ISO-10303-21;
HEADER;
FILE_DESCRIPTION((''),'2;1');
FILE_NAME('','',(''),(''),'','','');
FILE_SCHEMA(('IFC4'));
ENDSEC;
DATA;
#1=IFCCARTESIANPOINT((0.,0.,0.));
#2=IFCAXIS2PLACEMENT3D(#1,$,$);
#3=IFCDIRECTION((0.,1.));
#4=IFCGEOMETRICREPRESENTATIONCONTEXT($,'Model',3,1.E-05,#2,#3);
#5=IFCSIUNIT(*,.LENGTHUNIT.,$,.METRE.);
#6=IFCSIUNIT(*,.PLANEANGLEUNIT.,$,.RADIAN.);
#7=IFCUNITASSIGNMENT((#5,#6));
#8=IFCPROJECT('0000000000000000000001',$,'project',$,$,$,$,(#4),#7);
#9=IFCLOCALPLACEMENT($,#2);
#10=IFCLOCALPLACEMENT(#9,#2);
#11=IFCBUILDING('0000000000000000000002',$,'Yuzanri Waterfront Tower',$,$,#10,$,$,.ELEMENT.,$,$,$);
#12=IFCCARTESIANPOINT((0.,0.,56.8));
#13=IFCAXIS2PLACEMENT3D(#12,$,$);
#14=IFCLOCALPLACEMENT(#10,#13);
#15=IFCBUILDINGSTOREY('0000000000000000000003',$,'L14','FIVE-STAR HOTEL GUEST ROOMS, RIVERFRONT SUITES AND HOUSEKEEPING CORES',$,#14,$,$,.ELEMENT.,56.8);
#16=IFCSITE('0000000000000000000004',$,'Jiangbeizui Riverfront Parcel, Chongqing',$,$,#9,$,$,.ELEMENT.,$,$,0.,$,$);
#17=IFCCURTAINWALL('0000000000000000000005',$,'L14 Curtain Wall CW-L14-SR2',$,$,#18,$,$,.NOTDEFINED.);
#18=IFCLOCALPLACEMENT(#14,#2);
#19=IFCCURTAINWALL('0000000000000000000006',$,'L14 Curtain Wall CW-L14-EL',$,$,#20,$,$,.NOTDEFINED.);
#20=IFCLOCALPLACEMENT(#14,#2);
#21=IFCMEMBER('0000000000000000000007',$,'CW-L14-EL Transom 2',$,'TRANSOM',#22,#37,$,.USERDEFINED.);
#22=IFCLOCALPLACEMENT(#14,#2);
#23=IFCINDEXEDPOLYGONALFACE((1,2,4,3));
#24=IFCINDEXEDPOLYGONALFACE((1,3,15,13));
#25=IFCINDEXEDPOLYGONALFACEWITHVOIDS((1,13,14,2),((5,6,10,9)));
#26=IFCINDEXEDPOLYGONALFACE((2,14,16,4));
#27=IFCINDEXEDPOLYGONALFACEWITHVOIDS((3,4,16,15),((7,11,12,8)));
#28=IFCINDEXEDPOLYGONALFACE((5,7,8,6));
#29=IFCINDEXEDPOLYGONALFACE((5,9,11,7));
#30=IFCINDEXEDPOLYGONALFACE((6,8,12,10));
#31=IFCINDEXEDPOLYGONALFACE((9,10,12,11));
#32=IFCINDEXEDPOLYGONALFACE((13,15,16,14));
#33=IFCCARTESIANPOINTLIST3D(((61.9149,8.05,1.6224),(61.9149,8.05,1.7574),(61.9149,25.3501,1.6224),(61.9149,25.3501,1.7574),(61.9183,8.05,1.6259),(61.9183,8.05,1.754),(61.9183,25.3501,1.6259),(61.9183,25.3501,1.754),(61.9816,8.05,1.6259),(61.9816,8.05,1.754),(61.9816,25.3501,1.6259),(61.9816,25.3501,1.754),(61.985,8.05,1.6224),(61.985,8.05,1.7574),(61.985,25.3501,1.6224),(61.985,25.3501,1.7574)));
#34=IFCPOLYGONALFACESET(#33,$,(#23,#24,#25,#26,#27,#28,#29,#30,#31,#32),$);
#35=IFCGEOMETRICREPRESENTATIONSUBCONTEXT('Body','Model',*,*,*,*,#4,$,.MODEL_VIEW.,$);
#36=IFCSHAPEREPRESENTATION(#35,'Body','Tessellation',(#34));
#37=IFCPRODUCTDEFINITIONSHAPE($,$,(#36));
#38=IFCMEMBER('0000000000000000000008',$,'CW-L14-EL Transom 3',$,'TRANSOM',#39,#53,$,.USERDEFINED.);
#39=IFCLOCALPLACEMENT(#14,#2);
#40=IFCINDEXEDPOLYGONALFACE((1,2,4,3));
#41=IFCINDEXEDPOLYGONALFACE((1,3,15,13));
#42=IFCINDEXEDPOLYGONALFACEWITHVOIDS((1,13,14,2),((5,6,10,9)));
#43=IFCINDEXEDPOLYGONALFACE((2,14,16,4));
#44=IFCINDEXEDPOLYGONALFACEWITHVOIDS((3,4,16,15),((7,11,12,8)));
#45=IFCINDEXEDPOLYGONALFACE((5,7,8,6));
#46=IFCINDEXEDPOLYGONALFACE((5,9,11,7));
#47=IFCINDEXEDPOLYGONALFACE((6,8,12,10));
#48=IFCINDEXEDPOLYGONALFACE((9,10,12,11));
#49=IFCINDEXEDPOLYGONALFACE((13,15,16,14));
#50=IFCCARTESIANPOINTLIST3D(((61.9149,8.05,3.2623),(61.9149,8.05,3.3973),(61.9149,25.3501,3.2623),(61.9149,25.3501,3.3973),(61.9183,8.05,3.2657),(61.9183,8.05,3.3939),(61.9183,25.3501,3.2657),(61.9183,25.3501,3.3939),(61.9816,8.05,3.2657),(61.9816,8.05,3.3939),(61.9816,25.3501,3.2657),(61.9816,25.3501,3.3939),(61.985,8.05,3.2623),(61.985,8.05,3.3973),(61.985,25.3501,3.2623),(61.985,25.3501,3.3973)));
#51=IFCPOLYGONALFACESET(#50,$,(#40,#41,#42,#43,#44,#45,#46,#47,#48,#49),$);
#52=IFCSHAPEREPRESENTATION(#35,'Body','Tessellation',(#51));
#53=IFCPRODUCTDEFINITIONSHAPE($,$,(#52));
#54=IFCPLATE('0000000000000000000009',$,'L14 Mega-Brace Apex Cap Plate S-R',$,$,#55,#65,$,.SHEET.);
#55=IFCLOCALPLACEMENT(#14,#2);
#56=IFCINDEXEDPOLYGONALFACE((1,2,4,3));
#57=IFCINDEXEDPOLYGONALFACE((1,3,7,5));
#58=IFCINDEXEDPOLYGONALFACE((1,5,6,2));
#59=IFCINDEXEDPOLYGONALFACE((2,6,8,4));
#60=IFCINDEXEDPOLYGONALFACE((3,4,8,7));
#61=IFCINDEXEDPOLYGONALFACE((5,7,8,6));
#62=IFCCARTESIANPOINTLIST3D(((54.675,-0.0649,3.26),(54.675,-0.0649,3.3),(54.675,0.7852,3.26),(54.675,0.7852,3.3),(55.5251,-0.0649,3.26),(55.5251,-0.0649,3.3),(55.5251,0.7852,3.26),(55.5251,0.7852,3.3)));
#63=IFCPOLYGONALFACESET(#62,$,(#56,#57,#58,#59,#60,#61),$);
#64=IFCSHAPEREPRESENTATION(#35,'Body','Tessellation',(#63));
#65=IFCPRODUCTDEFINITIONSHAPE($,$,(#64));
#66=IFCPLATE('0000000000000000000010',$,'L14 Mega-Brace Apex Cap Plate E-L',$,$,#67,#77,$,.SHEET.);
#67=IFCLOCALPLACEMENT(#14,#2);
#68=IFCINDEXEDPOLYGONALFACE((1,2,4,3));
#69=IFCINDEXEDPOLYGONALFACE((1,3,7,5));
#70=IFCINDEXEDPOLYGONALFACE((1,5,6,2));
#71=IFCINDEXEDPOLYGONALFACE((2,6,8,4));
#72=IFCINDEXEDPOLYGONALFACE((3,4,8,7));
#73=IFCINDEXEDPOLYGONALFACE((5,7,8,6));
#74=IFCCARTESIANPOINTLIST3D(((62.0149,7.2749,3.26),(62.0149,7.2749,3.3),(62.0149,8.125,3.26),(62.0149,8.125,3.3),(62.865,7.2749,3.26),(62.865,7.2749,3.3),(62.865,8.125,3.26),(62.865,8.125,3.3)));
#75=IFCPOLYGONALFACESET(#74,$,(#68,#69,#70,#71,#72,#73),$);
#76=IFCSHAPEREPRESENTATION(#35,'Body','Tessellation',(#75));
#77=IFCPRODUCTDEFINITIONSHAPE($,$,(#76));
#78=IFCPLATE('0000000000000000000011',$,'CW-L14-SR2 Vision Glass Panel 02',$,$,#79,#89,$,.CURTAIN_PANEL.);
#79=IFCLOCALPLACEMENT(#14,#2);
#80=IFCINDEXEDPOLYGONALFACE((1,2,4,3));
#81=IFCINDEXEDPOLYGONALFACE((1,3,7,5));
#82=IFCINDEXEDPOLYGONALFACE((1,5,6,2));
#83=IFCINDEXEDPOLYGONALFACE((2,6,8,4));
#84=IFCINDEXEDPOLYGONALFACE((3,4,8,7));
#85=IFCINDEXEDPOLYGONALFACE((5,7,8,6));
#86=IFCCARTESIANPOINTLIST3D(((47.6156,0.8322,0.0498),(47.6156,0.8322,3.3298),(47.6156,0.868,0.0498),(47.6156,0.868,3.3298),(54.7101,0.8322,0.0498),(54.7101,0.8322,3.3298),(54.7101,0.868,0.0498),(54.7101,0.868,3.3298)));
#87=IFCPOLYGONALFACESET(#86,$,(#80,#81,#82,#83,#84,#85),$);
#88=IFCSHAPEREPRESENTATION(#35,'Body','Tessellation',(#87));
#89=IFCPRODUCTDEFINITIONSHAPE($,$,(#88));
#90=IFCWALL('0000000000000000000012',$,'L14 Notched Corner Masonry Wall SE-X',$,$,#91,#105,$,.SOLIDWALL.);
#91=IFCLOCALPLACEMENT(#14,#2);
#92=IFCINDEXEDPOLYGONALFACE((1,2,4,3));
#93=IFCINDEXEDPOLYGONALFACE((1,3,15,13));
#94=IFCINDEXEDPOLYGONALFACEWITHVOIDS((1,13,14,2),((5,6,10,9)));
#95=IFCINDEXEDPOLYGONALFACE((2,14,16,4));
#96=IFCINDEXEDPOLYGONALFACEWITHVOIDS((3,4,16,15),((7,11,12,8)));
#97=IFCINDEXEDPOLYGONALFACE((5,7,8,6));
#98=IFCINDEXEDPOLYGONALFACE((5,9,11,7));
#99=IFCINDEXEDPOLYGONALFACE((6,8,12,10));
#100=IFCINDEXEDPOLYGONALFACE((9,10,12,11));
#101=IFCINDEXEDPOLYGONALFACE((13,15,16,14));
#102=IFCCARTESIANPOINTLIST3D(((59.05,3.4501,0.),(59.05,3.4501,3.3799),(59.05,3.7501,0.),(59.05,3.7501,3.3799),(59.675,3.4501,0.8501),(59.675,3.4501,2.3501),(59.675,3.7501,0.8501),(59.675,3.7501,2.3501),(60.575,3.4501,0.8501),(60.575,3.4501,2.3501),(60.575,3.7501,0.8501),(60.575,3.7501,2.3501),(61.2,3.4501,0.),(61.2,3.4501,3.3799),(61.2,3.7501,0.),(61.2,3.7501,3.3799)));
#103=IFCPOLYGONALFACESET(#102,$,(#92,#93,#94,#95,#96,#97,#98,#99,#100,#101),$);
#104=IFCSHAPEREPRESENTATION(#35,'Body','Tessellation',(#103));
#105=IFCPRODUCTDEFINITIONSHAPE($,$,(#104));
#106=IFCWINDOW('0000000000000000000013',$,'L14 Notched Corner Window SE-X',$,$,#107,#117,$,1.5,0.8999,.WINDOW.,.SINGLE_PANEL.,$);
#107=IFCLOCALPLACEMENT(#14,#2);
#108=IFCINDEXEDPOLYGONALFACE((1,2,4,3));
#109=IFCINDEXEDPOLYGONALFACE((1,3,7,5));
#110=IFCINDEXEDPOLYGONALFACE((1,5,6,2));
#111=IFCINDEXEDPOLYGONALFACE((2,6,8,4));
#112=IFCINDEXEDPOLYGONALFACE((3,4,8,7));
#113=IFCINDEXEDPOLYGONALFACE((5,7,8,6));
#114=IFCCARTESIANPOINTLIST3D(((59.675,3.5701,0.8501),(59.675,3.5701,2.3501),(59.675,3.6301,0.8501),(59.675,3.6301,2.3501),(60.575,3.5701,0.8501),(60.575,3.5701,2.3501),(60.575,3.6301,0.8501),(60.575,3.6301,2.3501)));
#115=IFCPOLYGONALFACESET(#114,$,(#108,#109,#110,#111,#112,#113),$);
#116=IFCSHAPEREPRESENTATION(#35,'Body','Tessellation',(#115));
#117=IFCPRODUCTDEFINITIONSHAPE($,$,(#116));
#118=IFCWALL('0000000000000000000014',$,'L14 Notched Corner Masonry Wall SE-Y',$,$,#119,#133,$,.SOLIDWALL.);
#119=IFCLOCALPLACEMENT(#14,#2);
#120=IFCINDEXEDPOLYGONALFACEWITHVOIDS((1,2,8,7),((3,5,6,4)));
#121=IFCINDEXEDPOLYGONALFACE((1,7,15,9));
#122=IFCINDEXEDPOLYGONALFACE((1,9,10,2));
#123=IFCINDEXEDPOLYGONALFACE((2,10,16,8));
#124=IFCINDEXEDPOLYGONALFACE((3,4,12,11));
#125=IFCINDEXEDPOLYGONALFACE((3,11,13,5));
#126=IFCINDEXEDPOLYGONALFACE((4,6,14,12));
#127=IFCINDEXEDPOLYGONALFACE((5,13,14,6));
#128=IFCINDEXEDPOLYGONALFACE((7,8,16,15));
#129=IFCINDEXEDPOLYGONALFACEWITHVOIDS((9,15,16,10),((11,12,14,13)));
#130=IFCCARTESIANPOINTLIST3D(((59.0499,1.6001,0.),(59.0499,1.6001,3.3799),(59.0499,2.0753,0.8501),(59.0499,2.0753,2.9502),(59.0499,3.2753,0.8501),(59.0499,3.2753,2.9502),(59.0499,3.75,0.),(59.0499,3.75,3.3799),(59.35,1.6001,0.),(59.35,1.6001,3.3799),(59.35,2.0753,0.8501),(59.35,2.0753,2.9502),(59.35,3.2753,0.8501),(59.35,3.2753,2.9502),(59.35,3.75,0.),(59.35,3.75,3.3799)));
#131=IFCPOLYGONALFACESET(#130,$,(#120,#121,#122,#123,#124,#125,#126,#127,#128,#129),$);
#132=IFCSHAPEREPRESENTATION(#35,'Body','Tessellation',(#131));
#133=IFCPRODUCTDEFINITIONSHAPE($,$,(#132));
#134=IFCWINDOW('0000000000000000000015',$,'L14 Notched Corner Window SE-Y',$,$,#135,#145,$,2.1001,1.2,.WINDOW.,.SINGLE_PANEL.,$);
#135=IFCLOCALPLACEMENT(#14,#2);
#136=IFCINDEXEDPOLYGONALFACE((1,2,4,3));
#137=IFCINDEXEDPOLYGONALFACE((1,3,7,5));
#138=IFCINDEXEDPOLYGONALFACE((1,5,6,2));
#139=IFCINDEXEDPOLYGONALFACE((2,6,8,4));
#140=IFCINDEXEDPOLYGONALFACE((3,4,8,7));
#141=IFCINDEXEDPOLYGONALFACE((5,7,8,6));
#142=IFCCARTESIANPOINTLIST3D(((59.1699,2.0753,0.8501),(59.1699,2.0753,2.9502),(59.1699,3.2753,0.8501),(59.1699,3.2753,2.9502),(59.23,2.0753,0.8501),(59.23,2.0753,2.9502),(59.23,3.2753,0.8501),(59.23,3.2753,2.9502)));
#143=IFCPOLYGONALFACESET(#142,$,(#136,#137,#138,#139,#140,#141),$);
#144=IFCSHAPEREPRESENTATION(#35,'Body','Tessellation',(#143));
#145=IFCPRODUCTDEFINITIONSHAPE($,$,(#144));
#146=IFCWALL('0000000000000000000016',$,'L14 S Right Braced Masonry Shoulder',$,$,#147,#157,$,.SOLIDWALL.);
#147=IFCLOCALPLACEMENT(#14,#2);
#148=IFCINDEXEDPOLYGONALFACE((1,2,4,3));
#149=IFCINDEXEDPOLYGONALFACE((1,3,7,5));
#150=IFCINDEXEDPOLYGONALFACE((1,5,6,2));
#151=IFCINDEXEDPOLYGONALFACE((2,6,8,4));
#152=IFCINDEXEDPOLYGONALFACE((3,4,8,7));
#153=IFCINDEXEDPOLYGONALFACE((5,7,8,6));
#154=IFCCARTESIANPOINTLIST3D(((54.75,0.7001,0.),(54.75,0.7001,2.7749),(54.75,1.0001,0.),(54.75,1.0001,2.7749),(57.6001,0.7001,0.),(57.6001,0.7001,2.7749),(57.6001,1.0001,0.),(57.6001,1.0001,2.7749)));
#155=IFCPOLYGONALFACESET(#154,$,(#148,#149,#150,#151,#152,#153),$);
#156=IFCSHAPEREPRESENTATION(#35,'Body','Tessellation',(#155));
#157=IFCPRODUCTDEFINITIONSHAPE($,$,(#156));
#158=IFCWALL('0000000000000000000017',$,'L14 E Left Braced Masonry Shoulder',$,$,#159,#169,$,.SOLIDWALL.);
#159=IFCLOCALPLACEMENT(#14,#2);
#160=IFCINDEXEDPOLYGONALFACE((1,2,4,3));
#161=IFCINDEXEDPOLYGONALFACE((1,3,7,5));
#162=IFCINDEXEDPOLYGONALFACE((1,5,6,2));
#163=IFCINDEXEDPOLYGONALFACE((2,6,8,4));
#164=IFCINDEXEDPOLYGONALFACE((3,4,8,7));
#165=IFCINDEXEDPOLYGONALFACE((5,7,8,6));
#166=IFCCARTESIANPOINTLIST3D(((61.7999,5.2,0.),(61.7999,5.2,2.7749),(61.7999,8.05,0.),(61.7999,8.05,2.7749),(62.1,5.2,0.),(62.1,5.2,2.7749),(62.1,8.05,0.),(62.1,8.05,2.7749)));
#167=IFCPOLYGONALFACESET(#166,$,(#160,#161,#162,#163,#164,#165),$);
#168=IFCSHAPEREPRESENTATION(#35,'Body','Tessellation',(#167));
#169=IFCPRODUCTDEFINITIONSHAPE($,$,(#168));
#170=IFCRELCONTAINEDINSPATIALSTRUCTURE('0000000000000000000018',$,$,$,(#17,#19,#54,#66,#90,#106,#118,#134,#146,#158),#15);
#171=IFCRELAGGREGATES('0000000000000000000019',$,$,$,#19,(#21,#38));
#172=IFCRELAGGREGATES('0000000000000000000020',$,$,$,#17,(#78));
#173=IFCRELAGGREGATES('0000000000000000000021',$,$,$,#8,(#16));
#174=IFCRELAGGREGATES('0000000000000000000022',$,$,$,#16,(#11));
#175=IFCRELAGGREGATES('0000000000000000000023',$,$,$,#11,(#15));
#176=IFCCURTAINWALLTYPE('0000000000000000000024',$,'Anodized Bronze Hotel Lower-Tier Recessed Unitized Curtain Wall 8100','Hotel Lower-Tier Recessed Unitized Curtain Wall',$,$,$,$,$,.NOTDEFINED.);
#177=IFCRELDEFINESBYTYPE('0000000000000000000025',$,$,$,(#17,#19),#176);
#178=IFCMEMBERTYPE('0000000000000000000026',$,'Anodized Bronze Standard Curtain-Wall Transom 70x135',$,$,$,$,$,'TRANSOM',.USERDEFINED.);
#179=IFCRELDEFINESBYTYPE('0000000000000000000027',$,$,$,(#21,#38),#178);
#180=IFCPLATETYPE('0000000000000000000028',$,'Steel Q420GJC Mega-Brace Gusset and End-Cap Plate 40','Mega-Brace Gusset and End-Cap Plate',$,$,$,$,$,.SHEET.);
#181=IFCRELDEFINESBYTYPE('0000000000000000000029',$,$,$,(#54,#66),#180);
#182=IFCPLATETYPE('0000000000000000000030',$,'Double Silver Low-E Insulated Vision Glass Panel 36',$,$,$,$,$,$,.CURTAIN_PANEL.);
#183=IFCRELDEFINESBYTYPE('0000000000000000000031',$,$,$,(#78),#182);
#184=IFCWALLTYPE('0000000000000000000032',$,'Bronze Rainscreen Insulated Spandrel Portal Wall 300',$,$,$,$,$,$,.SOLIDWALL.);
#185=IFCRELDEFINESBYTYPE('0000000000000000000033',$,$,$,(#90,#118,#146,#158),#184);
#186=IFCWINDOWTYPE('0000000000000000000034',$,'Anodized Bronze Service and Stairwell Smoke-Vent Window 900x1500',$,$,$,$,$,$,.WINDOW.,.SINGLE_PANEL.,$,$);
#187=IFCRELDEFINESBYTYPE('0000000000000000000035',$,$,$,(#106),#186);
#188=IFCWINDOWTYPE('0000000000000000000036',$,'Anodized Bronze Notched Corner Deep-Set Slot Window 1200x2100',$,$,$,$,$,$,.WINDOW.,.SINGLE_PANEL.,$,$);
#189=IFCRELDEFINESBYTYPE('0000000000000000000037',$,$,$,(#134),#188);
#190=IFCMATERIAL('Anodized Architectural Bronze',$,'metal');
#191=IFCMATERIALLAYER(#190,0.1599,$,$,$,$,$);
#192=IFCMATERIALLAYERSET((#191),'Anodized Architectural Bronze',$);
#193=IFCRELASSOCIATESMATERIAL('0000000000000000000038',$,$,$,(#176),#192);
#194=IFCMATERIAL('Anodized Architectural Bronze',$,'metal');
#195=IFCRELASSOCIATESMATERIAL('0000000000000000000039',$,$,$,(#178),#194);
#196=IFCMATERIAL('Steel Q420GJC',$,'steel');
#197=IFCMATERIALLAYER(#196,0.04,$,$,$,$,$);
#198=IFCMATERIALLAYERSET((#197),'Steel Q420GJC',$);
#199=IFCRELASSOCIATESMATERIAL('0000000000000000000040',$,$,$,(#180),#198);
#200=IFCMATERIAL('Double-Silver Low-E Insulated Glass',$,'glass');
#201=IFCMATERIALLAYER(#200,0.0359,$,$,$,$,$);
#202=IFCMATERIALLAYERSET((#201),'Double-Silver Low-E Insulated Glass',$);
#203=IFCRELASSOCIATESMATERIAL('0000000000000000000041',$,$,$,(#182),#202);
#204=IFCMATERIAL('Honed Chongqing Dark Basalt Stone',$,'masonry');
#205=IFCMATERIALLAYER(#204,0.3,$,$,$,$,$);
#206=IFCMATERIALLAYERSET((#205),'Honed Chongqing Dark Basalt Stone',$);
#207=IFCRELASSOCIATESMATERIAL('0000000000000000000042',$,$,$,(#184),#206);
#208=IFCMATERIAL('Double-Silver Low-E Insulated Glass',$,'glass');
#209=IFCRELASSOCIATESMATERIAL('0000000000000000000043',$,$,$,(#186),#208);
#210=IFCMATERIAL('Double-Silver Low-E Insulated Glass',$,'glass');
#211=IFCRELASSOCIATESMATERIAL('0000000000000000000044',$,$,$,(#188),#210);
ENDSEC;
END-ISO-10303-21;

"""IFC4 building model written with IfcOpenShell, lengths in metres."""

from ifc_helpers import new_model, si_unit, direction, frame, frame_2d, origin, origin_2d, place, context, subcontext, project, spatial, rectangle, hollow_rectangle, extrude, source, transform, mapped, material, layer, layer_set, material_profile, profile_set, type_object, element, fill, aggregate, save


model = new_model("IFC4")

# Units and contexts
model_context = context("Model", 3, precision=1e-05, world=origin(), true_north=direction((0.0, 1.0)))
body_context = subcontext(model_context, "Body", "Model", "MODEL_VIEW")
ifc_project = project(units=[si_unit("LENGTHUNIT", "METRE"), si_unit("PLANEANGLEUNIT", "RADIAN")], contexts=[model_context])

# Site, building, storey
site_placement = place(None, origin())
site = spatial("IfcSite", under=ifc_project, at=site_placement, Name="Jiangbeizui Riverfront Parcel, Chongqing", CompositionType="ELEMENT", RefElevation=0.0)
building_placement = place(site_placement, origin())
building = spatial("IfcBuilding", under=site, at=building_placement, Name="Yuzanri Waterfront Tower", CompositionType="ELEMENT")
storey_placement = place(building_placement, frame((0.0, 0.0, 56.8)))
storey = spatial("IfcBuildingStorey", under=building, at=storey_placement, Name="L14", Description="FIVE-STAR HOTEL GUEST ROOMS, RIVERFRONT SUITES AND HOUSEKEEPING CORES", CompositionType="ELEMENT", Elevation=56.8)

# Curtain walls, members
ifc_material_1 = material(Name="Anodized Architectural Bronze", Category="metal")
ifc_layer_1 = layer(ifc_material_1, 0.1599)
ifc_layer_set_1 = layer_set([ifc_layer_1], Name="Anodized Architectural Bronze")
curtain_wall_type = type_object("IfcCurtainWallType", Name="Anodized Bronze Hotel Lower-Tier Recessed Unitized Curtain Wall 8100", Description="Hotel Lower-Tier Recessed Unitized Curtain Wall", PredefinedType="NOTDEFINED", material=ifc_layer_set_1)
curtain_wall_1_placement = place(storey_placement, origin())
curtain_wall_1 = element("IfcCurtainWall", 1, at=curtain_wall_1_placement, inside=storey, type_object=curtain_wall_type, Name="L14 Curtain Wall CW-L14-SR2", PredefinedType="NOTDEFINED")
curtain_wall_2_placement = place(storey_placement, origin())
curtain_wall_2 = element("IfcCurtainWall", 2, at=curtain_wall_2_placement, inside=storey, type_object=curtain_wall_type, Name="L14 Curtain Wall CW-L14-EL", PredefinedType="NOTDEFINED")
ifc_material_2 = material(Name="Anodized Architectural Bronze", Category="metal")
ifc_material_profile_1 = material_profile(ifc_material_2, hollow_rectangle(XDim=0.0701, YDim=0.135, WallThickness=0.0034, at=origin_2d()), Name="CWT 70x135")
ifc_profile_set_1 = profile_set([ifc_material_profile_1], Name="Anodized Architectural Bronze")
member_type_1 = type_object("IfcMemberType", Name="Anodized Bronze Standard Curtain-Wall Transom 70x135", ElementType="TRANSOM", PredefinedType="USERDEFINED", material=ifc_profile_set_1)
shared_shape_1 = source(origin(), body_context, "Body", "SweptSolid", [
    extrude(hollow_rectangle(XDim=0.0701, YDim=0.135, WallThickness=0.0034, at=origin_2d()), origin(), (0.0, 0.0, 1.0), 17.3),
])
member_1_placement = place(storey_placement, frame((61.95, 8.05, 1.6899), z_axis=(0.0, 1.0, 0.0), x_axis=(-1.0, 0.0, 0.0)))
member_1 = element("IfcMember", 3, at=member_1_placement, type_object=member_type_1, Name="CW-L14-EL Transom 2", ObjectType="TRANSOM", PredefinedType="USERDEFINED", context=body_context, shape_type="MappedRepresentation", body=[
    mapped(shared_shape_1, transform((0.0, 0.0, 0.0), scale=1.0)),
])
member_2_placement = place(storey_placement, frame((61.95, 8.05, 3.3298), z_axis=(0.0, 1.0, 0.0), x_axis=(-1.0, 0.0, 0.0)))
member_2 = element("IfcMember", 4, at=member_2_placement, type_object=member_type_1, Name="CW-L14-EL Transom 3", ObjectType="TRANSOM", PredefinedType="USERDEFINED", context=body_context, shape_type="MappedRepresentation", body=[
    mapped(shared_shape_1, transform((0.0, 0.0, 0.0), scale=1.0)),
])
aggregate(curtain_wall_2, [member_1, member_2])

# Plates
ifc_material_3 = material(Name="Steel Q420GJC", Category="steel")
ifc_layer_2 = layer(ifc_material_3, 0.04)
ifc_layer_set_2 = layer_set([ifc_layer_2], Name="Steel Q420GJC")
plate_type_1 = type_object("IfcPlateType", Name="Steel Q420GJC Mega-Brace Gusset and End-Cap Plate 40", Description="Mega-Brace Gusset and End-Cap Plate", PredefinedType="SHEET", material=ifc_layer_set_2)
shared_shape_2 = source(origin(), body_context, "Body", "SweptSolid", [
    extrude(rectangle(XDim=0.8501, YDim=0.8501, at=origin_2d()), origin(), (0.0, 0.0, 1.0), 0.04),
])
for number, where, z_axis, x_axis, name in (
    (5, (55.1001, 0.3601, 3.26), (0.0, 0.0, 1.0), (1.0, 0.0, 0.0), "L14 Mega-Brace Apex Cap Plate S-R"),
    (6, (62.4399, 7.7, 3.26), (0.0, 0.0, 1.0), (1.0, 0.0, 0.0), "L14 Mega-Brace Apex Cap Plate E-L"),
):
    element("IfcPlate", number, at=place(storey_placement, frame(where, z_axis=z_axis, x_axis=x_axis)), inside=storey, type_object=plate_type_1, Name=name, PredefinedType="SHEET", context=body_context, shape_type="MappedRepresentation", body=[
        mapped(shared_shape_2, transform((0.0, 0.0, 0.0), scale=1.0)),
    ])

# Plate
ifc_material_4 = material(Name="Double-Silver Low-E Insulated Glass", Category="glass")
ifc_layer_3 = layer(ifc_material_4, 0.0359)
ifc_layer_set_3 = layer_set([ifc_layer_3], Name="Double-Silver Low-E Insulated Glass")
plate_type_2 = type_object("IfcPlateType", Name="Double Silver Low-E Insulated Vision Glass Panel 36", PredefinedType="CURTAIN_PANEL", material=ifc_layer_set_3)
shared_shape_3 = source(origin(), body_context, "Body", "SweptSolid", [
    extrude(rectangle(XDim=7.0945, YDim=0.0359, at=origin_2d()), origin(), (0.0, 0.0, 1.0), 3.28),
])
plate_placement = place(storey_placement, frame((51.1628, 0.8501, 0.0498), z_axis=(0.0, 0.0, 1.0), x_axis=(1.0, 0.0, 0.0)))
plate = element("IfcPlate", 7, at=plate_placement, type_object=plate_type_2, Name="CW-L14-SR2 Vision Glass Panel 02", PredefinedType="CURTAIN_PANEL", context=body_context, shape_type="MappedRepresentation", body=[
    mapped(shared_shape_3, transform((0.0, 0.0, 0.0), scale=1.0)),
])
aggregate(curtain_wall_1, [plate])

# Walls, openings, windows
ifc_material_5 = material(Name="Honed Chongqing Dark Basalt Stone", Category="masonry")
ifc_layer_4 = layer(ifc_material_5, 0.3)
ifc_layer_set_4 = layer_set([ifc_layer_4], Name="Honed Chongqing Dark Basalt Stone")
wall_type_1 = type_object("IfcWallType", Name="Bronze Rainscreen Insulated Spandrel Portal Wall 300", PredefinedType="SOLIDWALL", material=ifc_layer_set_4)
wall_1_placement = place(storey_placement, frame((59.05, 3.6001, 0.0), z_axis=(0.0, 0.0, 1.0), x_axis=(1.0, 0.0, 0.0)))
wall_1 = element("IfcWall", 8, at=wall_1_placement, inside=storey, type_object=wall_type_1, Name="L14 Notched Corner Masonry Wall SE-X", PredefinedType="SOLIDWALL", context=body_context, shape_type="SweptSolid", body=[
    extrude(rectangle(XDim=2.1499, YDim=0.3, at=frame_2d((1.075, 0.0))), origin(), (0.0, 0.0, 1.0), 3.3799),
])
opening_1_placement = place(wall_1_placement, frame((0.625, 0.0, 0.8501)))
opening_1 = element("IfcOpeningElement", 9, at=opening_1_placement, cuts=wall_1, PredefinedType="OPENING", context=body_context, shape_type="SweptSolid", body=[
    extrude(rectangle(XDim=0.8999, YDim=1.5, at=frame_2d((0.45, 0.75))), frame((0.0, 0.165, 0.0), z_axis=(0.0, -1.0, 0.0), x_axis=(1.0, 0.0, 0.0)), (0.0, 0.0, 1.0), 0.3298),
])
ifc_material_6 = material(Name="Double-Silver Low-E Insulated Glass", Category="glass")
window_type_1 = type_object("IfcWindowType", Name="Anodized Bronze Service and Stairwell Smoke-Vent Window 900x1500", PartitioningType="SINGLE_PANEL", PredefinedType="WINDOW", material=ifc_material_6)
shared_shape_4 = source(origin(), body_context, "Body", "SweptSolid", [
    extrude(rectangle(XDim=0.8999, YDim=1.5, at=frame_2d((0.45, 0.75))), frame((0.0, 0.03, 0.0), z_axis=(0.0, -1.0, 0.0), x_axis=(1.0, 0.0, 0.0)), (0.0, 0.0, 1.0), 0.0601),
])
window_1_placement = place(opening_1_placement, origin())
window_1 = element("IfcWindow", 10, at=window_1_placement, inside=storey, type_object=window_type_1, Name="L14 Notched Corner Window SE-X", OverallHeight=1.5, OverallWidth=0.8999, PartitioningType="SINGLE_PANEL", PredefinedType="WINDOW", context=body_context, shape_type="MappedRepresentation", body=[
    mapped(shared_shape_4, transform((0.0, 0.0, 0.0), scale=1.0)),
])
fill(opening_1, window_1)
wall_2_placement = place(storey_placement, frame((59.2, 1.6001, 0.0), z_axis=(0.0, 0.0, 1.0), x_axis=(0.0, 1.0, 0.0)))
wall_2 = element("IfcWall", 11, at=wall_2_placement, inside=storey, type_object=wall_type_1, Name="L14 Notched Corner Masonry Wall SE-Y", PredefinedType="SOLIDWALL", context=body_context, shape_type="SweptSolid", body=[
    extrude(rectangle(XDim=2.1499, YDim=0.3, at=frame_2d((1.075, 0.0))), origin(), (0.0, 0.0, 1.0), 3.3799),
])
opening_2_placement = place(wall_2_placement, frame((0.4751, 0.0, 0.8501)))
opening_2 = element("IfcOpeningElement", 12, at=opening_2_placement, cuts=wall_2, PredefinedType="OPENING", context=body_context, shape_type="SweptSolid", body=[
    extrude(rectangle(XDim=1.2, YDim=2.1001, at=frame_2d((0.6001, 1.05))), frame((0.0, 0.165, 0.0), z_axis=(0.0, -1.0, 0.0), x_axis=(1.0, 0.0, 0.0)), (0.0, 0.0, 1.0), 0.3298),
])
ifc_material_7 = material(Name="Double-Silver Low-E Insulated Glass", Category="glass")
window_type_2 = type_object("IfcWindowType", Name="Anodized Bronze Notched Corner Deep-Set Slot Window 1200x2100", PartitioningType="SINGLE_PANEL", PredefinedType="WINDOW", material=ifc_material_7)
shared_shape_5 = source(origin(), body_context, "Body", "SweptSolid", [
    extrude(rectangle(XDim=1.2, YDim=2.1001, at=frame_2d((0.6001, 1.05))), frame((0.0, 0.03, 0.0), z_axis=(0.0, -1.0, 0.0), x_axis=(1.0, 0.0, 0.0)), (0.0, 0.0, 1.0), 0.0601),
])
window_2_placement = place(opening_2_placement, origin())
window_2 = element("IfcWindow", 13, at=window_2_placement, inside=storey, type_object=window_type_2, Name="L14 Notched Corner Window SE-Y", OverallHeight=2.1001, OverallWidth=1.2, PartitioningType="SINGLE_PANEL", PredefinedType="WINDOW", context=body_context, shape_type="MappedRepresentation", body=[
    mapped(shared_shape_5, transform((0.0, 0.0, 0.0), scale=1.0)),
])
fill(opening_2, window_2)

# Walls
shared_shape_6 = source(origin(), body_context, "Body", "SweptSolid", [
    extrude(rectangle(XDim=2.8501, YDim=0.3, at=frame_2d((1.425, 0.0))), origin(), (0.0, 0.0, 1.0), 2.7749),
])
for number, where, z_axis, x_axis, name in (
    (14, (54.75, 0.8501, 0.0), (0.0, 0.0, 1.0), (1.0, 0.0, 0.0), "L14 S Right Braced Masonry Shoulder"),
    (15, (61.95, 5.2, 0.0), (0.0, 0.0, 1.0), (0.0, 1.0, 0.0), "L14 E Left Braced Masonry Shoulder"),
):
    element("IfcWall", number, at=place(storey_placement, frame(where, z_axis=z_axis, x_axis=x_axis)), inside=storey, type_object=wall_type_1, Name=name, PredefinedType="SOLIDWALL", context=body_context, shape_type="MappedRepresentation", body=[
        mapped(shared_shape_6, transform((0.0, 0.0, 0.0), scale=1.0)),
    ])

save(model, "model.ifc")
